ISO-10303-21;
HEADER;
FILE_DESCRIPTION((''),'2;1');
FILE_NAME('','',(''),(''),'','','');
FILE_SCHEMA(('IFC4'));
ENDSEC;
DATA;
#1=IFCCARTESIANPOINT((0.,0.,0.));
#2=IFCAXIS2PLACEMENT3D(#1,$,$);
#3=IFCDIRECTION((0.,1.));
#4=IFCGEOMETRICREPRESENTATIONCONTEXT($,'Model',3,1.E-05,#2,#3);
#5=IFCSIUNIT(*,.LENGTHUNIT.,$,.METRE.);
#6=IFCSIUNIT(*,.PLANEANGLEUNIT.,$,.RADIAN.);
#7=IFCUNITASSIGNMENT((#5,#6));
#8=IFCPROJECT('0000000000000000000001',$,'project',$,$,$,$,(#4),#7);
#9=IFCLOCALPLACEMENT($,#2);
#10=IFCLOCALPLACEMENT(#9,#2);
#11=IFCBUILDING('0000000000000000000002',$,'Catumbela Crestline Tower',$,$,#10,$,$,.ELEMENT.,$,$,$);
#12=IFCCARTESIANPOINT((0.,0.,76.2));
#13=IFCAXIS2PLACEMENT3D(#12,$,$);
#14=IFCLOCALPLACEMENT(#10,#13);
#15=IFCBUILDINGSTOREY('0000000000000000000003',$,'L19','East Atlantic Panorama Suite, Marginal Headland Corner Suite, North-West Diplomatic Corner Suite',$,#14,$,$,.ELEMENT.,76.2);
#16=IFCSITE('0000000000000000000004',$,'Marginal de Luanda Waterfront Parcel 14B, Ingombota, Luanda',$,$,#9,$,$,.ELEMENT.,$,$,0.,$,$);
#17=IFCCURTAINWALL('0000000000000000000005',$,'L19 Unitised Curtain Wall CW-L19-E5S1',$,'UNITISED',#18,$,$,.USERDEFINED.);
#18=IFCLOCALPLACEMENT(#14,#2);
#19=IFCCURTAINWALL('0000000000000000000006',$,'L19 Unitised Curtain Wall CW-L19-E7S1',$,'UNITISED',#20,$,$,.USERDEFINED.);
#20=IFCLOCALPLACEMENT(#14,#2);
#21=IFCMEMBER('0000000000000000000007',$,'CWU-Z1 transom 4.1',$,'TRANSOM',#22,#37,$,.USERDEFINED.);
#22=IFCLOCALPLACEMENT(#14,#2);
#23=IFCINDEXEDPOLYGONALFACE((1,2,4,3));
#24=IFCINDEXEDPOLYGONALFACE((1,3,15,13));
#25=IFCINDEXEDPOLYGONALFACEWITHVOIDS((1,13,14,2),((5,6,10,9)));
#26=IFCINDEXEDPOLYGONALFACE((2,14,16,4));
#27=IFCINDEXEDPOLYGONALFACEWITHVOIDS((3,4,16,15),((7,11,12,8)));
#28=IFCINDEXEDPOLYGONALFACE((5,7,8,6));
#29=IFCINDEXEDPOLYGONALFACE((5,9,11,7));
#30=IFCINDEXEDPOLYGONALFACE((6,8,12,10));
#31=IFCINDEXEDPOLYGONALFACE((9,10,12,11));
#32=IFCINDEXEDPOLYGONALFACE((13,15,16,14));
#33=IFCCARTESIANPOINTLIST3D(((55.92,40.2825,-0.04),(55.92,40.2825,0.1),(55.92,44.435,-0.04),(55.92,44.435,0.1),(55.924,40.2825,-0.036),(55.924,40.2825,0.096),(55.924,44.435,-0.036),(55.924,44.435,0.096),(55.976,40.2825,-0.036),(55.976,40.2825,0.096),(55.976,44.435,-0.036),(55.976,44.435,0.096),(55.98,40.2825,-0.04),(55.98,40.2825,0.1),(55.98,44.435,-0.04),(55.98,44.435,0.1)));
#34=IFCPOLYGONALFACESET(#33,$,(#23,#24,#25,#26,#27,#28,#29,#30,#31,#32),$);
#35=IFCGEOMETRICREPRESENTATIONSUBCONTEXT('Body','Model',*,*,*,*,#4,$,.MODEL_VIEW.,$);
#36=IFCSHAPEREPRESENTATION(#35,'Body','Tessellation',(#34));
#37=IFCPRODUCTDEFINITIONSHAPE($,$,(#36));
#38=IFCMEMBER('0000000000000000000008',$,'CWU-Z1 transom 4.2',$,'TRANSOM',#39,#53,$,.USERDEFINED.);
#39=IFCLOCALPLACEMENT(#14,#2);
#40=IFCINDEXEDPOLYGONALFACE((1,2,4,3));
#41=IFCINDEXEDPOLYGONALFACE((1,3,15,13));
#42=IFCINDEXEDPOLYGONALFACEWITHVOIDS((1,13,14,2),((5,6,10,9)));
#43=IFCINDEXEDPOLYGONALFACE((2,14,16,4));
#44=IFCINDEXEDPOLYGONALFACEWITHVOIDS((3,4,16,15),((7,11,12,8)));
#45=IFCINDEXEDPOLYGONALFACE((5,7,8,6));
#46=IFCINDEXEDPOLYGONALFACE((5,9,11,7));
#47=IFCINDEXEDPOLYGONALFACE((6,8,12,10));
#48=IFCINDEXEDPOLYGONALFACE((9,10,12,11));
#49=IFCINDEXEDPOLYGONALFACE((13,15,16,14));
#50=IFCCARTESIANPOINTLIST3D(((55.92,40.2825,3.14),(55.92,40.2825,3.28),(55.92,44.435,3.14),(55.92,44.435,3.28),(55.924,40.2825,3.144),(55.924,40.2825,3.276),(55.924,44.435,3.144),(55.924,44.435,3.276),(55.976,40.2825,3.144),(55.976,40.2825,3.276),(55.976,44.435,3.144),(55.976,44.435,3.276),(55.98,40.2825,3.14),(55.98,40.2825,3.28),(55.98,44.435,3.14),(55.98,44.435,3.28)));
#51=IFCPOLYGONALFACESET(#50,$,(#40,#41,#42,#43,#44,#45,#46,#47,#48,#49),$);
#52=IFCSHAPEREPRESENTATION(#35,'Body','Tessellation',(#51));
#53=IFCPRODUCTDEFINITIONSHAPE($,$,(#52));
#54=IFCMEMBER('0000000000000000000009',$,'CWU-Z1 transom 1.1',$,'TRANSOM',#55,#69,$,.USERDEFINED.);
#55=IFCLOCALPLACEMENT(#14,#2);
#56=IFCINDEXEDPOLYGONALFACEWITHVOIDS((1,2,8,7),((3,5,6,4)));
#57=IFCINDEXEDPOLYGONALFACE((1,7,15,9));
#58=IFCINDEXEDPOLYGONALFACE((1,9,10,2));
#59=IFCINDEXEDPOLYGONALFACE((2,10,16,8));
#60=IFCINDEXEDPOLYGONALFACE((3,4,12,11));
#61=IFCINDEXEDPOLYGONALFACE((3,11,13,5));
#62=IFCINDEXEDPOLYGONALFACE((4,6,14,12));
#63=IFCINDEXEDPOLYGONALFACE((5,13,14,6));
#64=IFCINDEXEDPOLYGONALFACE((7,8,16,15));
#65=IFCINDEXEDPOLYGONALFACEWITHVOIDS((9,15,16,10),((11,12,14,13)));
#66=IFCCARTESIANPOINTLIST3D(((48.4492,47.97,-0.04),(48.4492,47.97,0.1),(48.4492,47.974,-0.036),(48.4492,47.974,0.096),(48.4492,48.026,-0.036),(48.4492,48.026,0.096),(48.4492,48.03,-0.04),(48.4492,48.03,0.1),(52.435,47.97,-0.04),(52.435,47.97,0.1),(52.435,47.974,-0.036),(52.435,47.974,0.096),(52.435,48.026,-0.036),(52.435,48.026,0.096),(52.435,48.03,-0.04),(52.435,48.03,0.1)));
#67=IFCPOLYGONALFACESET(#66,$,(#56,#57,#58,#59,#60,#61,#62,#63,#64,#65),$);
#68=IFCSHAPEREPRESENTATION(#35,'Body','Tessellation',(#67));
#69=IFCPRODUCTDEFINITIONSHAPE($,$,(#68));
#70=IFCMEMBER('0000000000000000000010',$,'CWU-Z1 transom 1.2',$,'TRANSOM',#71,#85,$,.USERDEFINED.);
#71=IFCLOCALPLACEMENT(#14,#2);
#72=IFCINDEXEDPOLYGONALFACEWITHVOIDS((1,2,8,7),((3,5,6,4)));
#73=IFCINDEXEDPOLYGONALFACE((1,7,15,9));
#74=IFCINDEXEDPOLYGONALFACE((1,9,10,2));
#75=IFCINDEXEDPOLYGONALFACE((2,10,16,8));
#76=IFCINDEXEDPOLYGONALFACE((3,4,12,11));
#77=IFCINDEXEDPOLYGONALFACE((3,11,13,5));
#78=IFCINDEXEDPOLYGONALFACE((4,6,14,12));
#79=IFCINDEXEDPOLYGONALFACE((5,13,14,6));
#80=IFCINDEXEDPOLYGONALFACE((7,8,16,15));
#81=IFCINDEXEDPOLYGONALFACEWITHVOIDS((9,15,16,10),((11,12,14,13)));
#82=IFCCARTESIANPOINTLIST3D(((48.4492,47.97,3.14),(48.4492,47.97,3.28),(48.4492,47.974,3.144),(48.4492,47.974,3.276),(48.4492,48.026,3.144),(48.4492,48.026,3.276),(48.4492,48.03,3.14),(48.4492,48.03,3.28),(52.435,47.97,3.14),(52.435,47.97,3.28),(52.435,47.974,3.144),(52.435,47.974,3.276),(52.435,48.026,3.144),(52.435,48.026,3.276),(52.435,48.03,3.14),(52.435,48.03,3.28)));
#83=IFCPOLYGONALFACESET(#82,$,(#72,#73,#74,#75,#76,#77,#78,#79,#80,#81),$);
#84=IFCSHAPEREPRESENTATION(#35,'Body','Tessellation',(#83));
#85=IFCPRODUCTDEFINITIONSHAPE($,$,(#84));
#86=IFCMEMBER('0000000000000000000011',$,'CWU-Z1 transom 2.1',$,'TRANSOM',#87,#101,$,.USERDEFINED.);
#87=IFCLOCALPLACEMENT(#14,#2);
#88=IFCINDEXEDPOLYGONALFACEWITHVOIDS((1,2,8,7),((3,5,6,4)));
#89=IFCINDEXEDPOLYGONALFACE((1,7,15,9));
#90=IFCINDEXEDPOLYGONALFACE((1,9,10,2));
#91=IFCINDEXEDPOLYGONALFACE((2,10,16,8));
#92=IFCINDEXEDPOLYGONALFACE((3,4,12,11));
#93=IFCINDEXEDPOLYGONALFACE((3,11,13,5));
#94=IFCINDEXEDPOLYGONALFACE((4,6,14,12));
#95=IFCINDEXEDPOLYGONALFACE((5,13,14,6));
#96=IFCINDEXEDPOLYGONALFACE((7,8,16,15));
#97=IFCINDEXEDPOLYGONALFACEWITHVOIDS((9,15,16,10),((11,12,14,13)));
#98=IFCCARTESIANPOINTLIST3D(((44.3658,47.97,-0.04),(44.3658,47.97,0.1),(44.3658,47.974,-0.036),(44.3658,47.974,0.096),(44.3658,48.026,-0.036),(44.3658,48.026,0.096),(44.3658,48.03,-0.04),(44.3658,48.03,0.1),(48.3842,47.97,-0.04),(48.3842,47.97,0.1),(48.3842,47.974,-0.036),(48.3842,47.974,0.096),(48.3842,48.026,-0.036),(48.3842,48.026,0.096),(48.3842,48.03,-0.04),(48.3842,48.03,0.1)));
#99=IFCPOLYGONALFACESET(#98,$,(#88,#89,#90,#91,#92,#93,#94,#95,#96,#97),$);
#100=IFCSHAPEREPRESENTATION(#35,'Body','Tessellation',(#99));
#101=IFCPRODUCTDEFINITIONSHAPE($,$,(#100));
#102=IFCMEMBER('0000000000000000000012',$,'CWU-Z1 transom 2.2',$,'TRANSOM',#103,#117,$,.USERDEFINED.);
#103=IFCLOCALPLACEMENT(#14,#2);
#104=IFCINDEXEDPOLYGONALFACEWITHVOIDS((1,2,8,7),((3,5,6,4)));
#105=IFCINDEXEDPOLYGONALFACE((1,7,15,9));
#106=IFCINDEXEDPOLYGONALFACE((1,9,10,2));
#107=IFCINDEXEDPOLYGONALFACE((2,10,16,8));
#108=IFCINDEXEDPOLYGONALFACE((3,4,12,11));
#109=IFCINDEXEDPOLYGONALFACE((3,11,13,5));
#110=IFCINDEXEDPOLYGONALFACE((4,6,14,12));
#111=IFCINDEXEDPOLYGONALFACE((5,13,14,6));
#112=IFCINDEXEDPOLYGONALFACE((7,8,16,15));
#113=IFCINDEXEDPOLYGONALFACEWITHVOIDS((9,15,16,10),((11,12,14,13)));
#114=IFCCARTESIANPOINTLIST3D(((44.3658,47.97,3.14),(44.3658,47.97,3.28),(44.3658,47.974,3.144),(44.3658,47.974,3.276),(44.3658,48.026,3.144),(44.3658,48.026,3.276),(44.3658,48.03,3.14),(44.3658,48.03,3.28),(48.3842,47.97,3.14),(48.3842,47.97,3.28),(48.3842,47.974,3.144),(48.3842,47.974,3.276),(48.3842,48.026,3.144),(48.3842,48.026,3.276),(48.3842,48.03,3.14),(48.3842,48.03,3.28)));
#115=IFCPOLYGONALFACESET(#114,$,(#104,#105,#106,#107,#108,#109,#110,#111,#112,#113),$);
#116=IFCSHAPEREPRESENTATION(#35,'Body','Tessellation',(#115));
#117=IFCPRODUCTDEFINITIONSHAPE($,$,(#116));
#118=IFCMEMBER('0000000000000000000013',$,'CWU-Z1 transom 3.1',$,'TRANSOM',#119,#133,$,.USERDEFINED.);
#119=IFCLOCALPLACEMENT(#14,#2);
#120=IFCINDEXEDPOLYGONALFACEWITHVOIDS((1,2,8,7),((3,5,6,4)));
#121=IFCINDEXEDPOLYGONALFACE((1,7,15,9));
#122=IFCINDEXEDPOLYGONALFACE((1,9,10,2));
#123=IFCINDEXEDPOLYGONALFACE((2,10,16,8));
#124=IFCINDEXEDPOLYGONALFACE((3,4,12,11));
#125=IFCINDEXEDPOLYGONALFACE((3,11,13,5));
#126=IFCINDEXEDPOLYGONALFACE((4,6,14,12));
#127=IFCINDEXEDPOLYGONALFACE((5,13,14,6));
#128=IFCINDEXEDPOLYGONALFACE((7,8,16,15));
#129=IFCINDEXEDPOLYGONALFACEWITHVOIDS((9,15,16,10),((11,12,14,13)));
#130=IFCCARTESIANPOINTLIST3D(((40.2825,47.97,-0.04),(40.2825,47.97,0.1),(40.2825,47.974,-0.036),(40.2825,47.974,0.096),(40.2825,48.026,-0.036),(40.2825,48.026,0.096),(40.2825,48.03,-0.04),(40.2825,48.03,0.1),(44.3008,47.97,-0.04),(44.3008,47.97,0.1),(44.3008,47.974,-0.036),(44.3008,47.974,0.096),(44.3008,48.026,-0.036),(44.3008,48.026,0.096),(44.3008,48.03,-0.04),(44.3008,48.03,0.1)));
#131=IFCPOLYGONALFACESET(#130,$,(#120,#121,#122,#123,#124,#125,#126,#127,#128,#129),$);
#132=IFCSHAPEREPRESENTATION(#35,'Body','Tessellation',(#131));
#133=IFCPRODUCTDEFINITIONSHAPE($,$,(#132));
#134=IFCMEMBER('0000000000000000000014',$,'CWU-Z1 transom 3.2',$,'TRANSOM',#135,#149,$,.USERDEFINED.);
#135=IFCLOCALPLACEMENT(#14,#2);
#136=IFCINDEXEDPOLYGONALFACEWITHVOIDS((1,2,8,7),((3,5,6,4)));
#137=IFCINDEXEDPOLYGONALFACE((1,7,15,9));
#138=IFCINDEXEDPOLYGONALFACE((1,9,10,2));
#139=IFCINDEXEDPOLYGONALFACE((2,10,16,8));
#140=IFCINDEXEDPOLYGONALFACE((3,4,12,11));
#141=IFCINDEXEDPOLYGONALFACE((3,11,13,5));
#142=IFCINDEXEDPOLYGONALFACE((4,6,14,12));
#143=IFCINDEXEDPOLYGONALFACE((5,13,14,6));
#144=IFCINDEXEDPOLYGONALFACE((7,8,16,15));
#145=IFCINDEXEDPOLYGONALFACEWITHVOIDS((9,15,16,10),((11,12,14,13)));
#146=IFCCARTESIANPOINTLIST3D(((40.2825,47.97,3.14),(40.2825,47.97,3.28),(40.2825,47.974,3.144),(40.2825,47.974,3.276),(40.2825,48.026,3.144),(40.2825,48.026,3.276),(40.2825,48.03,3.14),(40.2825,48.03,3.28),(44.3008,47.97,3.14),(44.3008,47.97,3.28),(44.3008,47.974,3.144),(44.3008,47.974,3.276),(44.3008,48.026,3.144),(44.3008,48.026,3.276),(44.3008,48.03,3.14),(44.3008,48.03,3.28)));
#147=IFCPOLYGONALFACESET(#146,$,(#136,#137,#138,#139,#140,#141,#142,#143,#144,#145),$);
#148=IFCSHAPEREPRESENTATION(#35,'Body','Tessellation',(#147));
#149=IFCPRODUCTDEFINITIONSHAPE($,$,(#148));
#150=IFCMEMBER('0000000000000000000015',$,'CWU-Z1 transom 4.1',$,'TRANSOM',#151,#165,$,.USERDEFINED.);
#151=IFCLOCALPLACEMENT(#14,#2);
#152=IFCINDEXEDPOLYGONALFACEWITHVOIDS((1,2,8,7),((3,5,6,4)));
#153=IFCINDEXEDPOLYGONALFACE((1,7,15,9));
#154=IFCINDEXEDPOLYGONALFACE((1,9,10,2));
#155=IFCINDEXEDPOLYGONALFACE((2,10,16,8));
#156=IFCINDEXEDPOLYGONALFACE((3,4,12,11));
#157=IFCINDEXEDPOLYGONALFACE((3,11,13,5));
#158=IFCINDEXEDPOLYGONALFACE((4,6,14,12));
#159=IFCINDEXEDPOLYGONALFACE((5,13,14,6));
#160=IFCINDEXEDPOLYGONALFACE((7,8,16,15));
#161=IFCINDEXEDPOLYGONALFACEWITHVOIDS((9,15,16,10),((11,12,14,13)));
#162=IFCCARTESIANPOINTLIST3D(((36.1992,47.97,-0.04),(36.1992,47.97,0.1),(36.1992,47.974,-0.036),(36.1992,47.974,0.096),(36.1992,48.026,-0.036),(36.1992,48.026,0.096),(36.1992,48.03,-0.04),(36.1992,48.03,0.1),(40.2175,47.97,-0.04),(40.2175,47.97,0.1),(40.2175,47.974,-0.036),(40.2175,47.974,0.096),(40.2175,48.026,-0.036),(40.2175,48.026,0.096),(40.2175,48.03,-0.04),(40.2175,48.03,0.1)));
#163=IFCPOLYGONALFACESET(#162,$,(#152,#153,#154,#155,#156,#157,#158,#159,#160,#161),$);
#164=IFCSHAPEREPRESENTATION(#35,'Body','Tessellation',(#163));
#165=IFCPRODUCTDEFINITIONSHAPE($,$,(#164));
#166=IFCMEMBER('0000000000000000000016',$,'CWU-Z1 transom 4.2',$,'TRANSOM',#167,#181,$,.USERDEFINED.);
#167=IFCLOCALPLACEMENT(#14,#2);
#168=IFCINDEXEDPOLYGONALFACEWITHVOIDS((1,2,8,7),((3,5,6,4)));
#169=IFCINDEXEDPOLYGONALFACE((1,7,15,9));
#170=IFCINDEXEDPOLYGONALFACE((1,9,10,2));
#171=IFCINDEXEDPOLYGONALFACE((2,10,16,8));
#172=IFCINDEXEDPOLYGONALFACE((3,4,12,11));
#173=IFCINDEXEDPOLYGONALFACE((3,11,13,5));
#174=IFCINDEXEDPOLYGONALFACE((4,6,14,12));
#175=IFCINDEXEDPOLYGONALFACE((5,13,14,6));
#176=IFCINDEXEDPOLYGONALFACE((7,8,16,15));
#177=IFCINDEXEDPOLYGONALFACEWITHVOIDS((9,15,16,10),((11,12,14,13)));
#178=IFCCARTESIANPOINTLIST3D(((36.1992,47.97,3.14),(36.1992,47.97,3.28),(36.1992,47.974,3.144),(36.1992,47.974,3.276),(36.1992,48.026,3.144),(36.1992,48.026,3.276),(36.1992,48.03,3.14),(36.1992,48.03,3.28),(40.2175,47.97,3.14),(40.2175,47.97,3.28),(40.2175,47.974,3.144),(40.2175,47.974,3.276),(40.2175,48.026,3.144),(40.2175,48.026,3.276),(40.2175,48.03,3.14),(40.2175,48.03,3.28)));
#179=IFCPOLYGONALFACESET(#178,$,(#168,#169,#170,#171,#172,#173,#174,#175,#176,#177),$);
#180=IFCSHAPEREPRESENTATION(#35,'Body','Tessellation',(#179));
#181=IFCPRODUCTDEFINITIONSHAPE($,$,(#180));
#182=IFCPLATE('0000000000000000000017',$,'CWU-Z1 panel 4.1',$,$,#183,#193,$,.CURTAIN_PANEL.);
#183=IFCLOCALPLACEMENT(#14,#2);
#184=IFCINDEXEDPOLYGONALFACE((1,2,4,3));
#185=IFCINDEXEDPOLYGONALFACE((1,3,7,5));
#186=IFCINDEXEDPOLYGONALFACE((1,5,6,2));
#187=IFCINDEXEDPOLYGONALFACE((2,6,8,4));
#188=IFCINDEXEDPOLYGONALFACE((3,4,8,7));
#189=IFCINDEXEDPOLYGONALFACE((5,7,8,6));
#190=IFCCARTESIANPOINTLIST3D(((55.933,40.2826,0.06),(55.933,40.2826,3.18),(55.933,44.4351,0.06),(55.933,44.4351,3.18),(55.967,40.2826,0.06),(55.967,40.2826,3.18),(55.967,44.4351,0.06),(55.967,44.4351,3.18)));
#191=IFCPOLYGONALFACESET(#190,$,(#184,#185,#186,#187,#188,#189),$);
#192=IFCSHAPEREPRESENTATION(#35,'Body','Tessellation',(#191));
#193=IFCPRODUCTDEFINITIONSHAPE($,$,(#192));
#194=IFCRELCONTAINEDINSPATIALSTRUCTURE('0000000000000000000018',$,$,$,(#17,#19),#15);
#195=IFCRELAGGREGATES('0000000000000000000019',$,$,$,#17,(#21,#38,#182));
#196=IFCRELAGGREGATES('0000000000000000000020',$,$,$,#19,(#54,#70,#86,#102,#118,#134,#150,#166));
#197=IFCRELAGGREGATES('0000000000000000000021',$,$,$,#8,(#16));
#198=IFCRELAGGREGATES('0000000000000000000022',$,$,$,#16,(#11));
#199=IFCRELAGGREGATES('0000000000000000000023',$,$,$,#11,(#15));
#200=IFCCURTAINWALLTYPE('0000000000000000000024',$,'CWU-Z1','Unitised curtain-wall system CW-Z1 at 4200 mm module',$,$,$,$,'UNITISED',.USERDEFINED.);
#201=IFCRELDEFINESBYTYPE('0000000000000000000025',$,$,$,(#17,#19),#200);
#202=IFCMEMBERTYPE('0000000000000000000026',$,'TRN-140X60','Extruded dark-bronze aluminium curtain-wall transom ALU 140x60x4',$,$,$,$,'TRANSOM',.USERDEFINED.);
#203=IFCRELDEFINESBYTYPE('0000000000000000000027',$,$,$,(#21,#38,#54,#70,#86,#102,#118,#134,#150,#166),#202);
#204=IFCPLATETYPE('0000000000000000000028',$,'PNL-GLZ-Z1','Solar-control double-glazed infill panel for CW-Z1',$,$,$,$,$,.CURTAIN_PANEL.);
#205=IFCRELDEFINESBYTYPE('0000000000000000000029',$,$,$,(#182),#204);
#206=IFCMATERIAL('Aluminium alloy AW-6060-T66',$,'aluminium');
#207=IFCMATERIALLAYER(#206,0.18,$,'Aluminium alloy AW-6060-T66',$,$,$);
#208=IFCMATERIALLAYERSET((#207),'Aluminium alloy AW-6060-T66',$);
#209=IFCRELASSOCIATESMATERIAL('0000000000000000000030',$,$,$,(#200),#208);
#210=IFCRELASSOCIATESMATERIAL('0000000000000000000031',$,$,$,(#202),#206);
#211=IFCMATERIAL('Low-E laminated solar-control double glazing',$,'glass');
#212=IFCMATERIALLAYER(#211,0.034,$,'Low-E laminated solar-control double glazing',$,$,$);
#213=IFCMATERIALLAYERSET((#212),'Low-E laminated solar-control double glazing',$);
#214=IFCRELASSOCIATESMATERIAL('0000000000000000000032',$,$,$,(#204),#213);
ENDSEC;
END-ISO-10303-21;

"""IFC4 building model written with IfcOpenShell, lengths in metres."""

from ifc_helpers import new_model, si_unit, direction, frame, origin, origin_2d, place, context, subcontext, project, spatial, rectangle, hollow_rectangle, extrude, material, layer, layer_set, material_profile, profile_set, type_object, element, aggregate, save


model = new_model("IFC4")

# Units and contexts
model_context = context("Model", 3, precision=1e-05, world=origin(), true_north=direction((0.0, 1.0)))
body_context = subcontext(model_context, "Body", "Model", "MODEL_VIEW")
ifc_project = project(units=[si_unit("LENGTHUNIT", "METRE"), si_unit("PLANEANGLEUNIT", "RADIAN")], contexts=[model_context])

# Site, building, storey
site_placement = place(None, origin())
site = spatial("IfcSite", under=ifc_project, at=site_placement, Name="Marginal de Luanda Waterfront Parcel 14B, Ingombota, Luanda", CompositionType="ELEMENT", RefElevation=0.0)
building_placement = place(site_placement, origin())
building = spatial("IfcBuilding", under=site, at=building_placement, Name="Catumbela Crestline Tower", CompositionType="ELEMENT")
storey_placement = place(building_placement, frame((0.0, 0.0, 76.2)))
storey = spatial("IfcBuildingStorey", under=building, at=storey_placement, Name="L19", Description="East Atlantic Panorama Suite, Marginal Headland Corner Suite, North-West Diplomatic Corner Suite", CompositionType="ELEMENT", Elevation=76.2)

# Curtain wall
ifc_material_1 = material(Name="Aluminium alloy AW-6060-T66", Category="aluminium")
ifc_layer_1 = layer(ifc_material_1, 0.18, Name="Aluminium alloy AW-6060-T66")
ifc_layer_set_1 = layer_set([ifc_layer_1], Name="Aluminium alloy AW-6060-T66")
curtain_wall_type = type_object("IfcCurtainWallType", Name="CWU-Z1", Description="Unitised curtain-wall system CW-Z1 at 4200 mm module", ElementType="UNITISED", PredefinedType="USERDEFINED", material=ifc_layer_set_1)
curtain_wall_1_placement = place(storey_placement, origin())
curtain_wall_1 = element("IfcCurtainWall", 1, at=curtain_wall_1_placement, inside=storey, type_object=curtain_wall_type, Name="L19 Unitised Curtain Wall CW-L19-E5S1", ObjectType="UNITISED", PredefinedType="USERDEFINED")

# Curtain wall
curtain_wall_2_placement = place(storey_placement, origin())
curtain_wall_2 = element("IfcCurtainWall", 2, at=curtain_wall_2_placement, inside=storey, type_object=curtain_wall_type, Name="L19 Unitised Curtain Wall CW-L19-E7S1", ObjectType="UNITISED", PredefinedType="USERDEFINED")

# Members
ifc_material_profile_1 = material_profile(ifc_material_1, hollow_rectangle(XDim=0.06, YDim=0.14, WallThickness=0.004, at=origin_2d()), Name="ALU 140x60x4")
ifc_profile_set_1 = profile_set([ifc_material_profile_1], Name="Aluminium alloy AW-6060-T66")
member_type_1 = type_object("IfcMemberType", Name="TRN-140X60", Description="Extruded dark-bronze aluminium curtain-wall transom ALU 140x60x4", ElementType="TRANSOM", PredefinedType="USERDEFINED", material=ifc_profile_set_1)
member_1_placement = place(storey_placement, frame((55.95, 40.2825, 0.03), z_axis=(0.0, 1.0, 0.0), x_axis=(-1.0, 0.0, 0.0)))
member_1 = element("IfcMember", 3, at=member_1_placement, type_object=member_type_1, Name="CWU-Z1 transom 4.1", ObjectType="TRANSOM", PredefinedType="USERDEFINED", context=body_context, shape_type="SweptSolid", body=[
    extrude(hollow_rectangle(XDim=0.06, YDim=0.14, WallThickness=0.004, at=origin_2d()), origin(), (0.0, 0.0, 1.0), 4.1525),
])
member_2_placement = place(storey_placement, frame((55.95, 40.2825, 3.21), z_axis=(0.0, 1.0, 0.0), x_axis=(-1.0, 0.0, 0.0)))
member_2 = element("IfcMember", 4, at=member_2_placement, type_object=member_type_1, Name="CWU-Z1 transom 4.2", ObjectType="TRANSOM", PredefinedType="USERDEFINED", context=body_context, shape_type="SweptSolid", body=[
    extrude(hollow_rectangle(XDim=0.06, YDim=0.14, WallThickness=0.004, at=origin_2d()), origin(), (0.0, 0.0, 1.0), 4.1525),
])
member_3_placement = place(storey_placement, frame((52.435, 48.0, 0.03), z_axis=(-1.0, 0.0, 0.0), x_axis=(0.0, -1.0, 0.0)))
member_3 = element("IfcMember", 5, at=member_3_placement, type_object=member_type_1, Name="CWU-Z1 transom 1.1", ObjectType="TRANSOM", PredefinedType="USERDEFINED", context=body_context, shape_type="SweptSolid", body=[
    extrude(hollow_rectangle(XDim=0.06, YDim=0.14, WallThickness=0.004, at=origin_2d()), origin(), (0.0, 0.0, 1.0), 3.9858),
])
member_4_placement = place(storey_placement, frame((52.435, 48.0, 3.21), z_axis=(-1.0, 0.0, 0.0), x_axis=(0.0, -1.0, 0.0)))
member_4 = element("IfcMember", 6, at=member_4_placement, type_object=member_type_1, Name="CWU-Z1 transom 1.2", ObjectType="TRANSOM", PredefinedType="USERDEFINED", context=body_context, shape_type="SweptSolid", body=[
    extrude(hollow_rectangle(XDim=0.06, YDim=0.14, WallThickness=0.004, at=origin_2d()), origin(), (0.0, 0.0, 1.0), 3.9858),
])
member_5_placement = place(storey_placement, frame((48.3842, 48.0, 0.03), z_axis=(-1.0, 0.0, 0.0), x_axis=(0.0, -1.0, 0.0)))
member_5 = element("IfcMember", 7, at=member_5_placement, type_object=member_type_1, Name="CWU-Z1 transom 2.1", ObjectType="TRANSOM", PredefinedType="USERDEFINED", context=body_context, shape_type="SweptSolid", body=[
    extrude(hollow_rectangle(XDim=0.06, YDim=0.14, WallThickness=0.004, at=origin_2d()), origin(), (0.0, 0.0, 1.0), 4.0184),
])
member_6_placement = place(storey_placement, frame((48.3842, 48.0, 3.21), z_axis=(-1.0, 0.0, 0.0), x_axis=(0.0, -1.0, 0.0)))
member_6 = element("IfcMember", 8, at=member_6_placement, type_object=member_type_1, Name="CWU-Z1 transom 2.2", ObjectType="TRANSOM", PredefinedType="USERDEFINED", context=body_context, shape_type="SweptSolid", body=[
    extrude(hollow_rectangle(XDim=0.06, YDim=0.14, WallThickness=0.004, at=origin_2d()), origin(), (0.0, 0.0, 1.0), 4.0184),
])
member_7_placement = place(storey_placement, frame((44.3008, 48.0, 0.03), z_axis=(-1.0, 0.0, 0.0), x_axis=(0.0, -1.0, 0.0)))
member_7 = element("IfcMember", 9, at=member_7_placement, type_object=member_type_1, Name="CWU-Z1 transom 3.1", ObjectType="TRANSOM", PredefinedType="USERDEFINED", context=body_context, shape_type="SweptSolid", body=[
    extrude(hollow_rectangle(XDim=0.06, YDim=0.14, WallThickness=0.004, at=origin_2d()), origin(), (0.0, 0.0, 1.0), 4.0183),
])
member_8_placement = place(storey_placement, frame((44.3008, 48.0, 3.21), z_axis=(-1.0, 0.0, 0.0), x_axis=(0.0, -1.0, 0.0)))
member_8 = element("IfcMember", 10, at=member_8_placement, type_object=member_type_1, Name="CWU-Z1 transom 3.2", ObjectType="TRANSOM", PredefinedType="USERDEFINED", context=body_context, shape_type="SweptSolid", body=[
    extrude(hollow_rectangle(XDim=0.06, YDim=0.14, WallThickness=0.004, at=origin_2d()), origin(), (0.0, 0.0, 1.0), 4.0183),
])
member_9_placement = place(storey_placement, frame((40.2175, 48.0, 0.03), z_axis=(-1.0, 0.0, 0.0), x_axis=(0.0, -1.0, 0.0)))
member_9 = element("IfcMember", 11, at=member_9_placement, type_object=member_type_1, Name="CWU-Z1 transom 4.1", ObjectType="TRANSOM", PredefinedType="USERDEFINED", context=body_context, shape_type="SweptSolid", body=[
    extrude(hollow_rectangle(XDim=0.06, YDim=0.14, WallThickness=0.004, at=origin_2d()), origin(), (0.0, 0.0, 1.0), 4.0183),
])
member_10_placement = place(storey_placement, frame((40.2175, 48.0, 3.21), z_axis=(-1.0, 0.0, 0.0), x_axis=(0.0, -1.0, 0.0)))
member_10 = element("IfcMember", 12, at=member_10_placement, type_object=member_type_1, Name="CWU-Z1 transom 4.2", ObjectType="TRANSOM", PredefinedType="USERDEFINED", context=body_context, shape_type="SweptSolid", body=[
    extrude(hollow_rectangle(XDim=0.06, YDim=0.14, WallThickness=0.004, at=origin_2d()), origin(), (0.0, 0.0, 1.0), 4.0183),
])

# Plate
ifc_material_2 = material(Name="Low-E laminated solar-control double glazing", Category="glass")
ifc_layer_2 = layer(ifc_material_2, 0.034, Name="Low-E laminated solar-control double glazing")
ifc_layer_set_2 = layer_set([ifc_layer_2], Name="Low-E laminated solar-control double glazing")
plate_type = type_object("IfcPlateType", Name="PNL-GLZ-Z1", Description="Solar-control double-glazed infill panel for CW-Z1", PredefinedType="CURTAIN_PANEL", material=ifc_layer_set_2)
plate_1_placement = place(storey_placement, frame((55.95, 42.3588, 0.06), z_axis=(0.0, 0.0, 1.0), x_axis=(0.0, 1.0, 0.0)))
plate_1 = element("IfcPlate", 13, at=plate_1_placement, type_object=plate_type, Name="CWU-Z1 panel 4.1", PredefinedType="CURTAIN_PANEL", context=body_context, shape_type="SweptSolid", body=[
    extrude(rectangle(XDim=4.1525, YDim=0.034, at=origin_2d()), origin(), (0.0, 0.0, 1.0), 3.12),
])
aggregate(curtain_wall_1, [member_1, member_2, plate_1])
aggregate(curtain_wall_2, [member_3, member_4, member_5, member_6, member_7, member_8, member_9, member_10])

save(model, "model.ifc")
